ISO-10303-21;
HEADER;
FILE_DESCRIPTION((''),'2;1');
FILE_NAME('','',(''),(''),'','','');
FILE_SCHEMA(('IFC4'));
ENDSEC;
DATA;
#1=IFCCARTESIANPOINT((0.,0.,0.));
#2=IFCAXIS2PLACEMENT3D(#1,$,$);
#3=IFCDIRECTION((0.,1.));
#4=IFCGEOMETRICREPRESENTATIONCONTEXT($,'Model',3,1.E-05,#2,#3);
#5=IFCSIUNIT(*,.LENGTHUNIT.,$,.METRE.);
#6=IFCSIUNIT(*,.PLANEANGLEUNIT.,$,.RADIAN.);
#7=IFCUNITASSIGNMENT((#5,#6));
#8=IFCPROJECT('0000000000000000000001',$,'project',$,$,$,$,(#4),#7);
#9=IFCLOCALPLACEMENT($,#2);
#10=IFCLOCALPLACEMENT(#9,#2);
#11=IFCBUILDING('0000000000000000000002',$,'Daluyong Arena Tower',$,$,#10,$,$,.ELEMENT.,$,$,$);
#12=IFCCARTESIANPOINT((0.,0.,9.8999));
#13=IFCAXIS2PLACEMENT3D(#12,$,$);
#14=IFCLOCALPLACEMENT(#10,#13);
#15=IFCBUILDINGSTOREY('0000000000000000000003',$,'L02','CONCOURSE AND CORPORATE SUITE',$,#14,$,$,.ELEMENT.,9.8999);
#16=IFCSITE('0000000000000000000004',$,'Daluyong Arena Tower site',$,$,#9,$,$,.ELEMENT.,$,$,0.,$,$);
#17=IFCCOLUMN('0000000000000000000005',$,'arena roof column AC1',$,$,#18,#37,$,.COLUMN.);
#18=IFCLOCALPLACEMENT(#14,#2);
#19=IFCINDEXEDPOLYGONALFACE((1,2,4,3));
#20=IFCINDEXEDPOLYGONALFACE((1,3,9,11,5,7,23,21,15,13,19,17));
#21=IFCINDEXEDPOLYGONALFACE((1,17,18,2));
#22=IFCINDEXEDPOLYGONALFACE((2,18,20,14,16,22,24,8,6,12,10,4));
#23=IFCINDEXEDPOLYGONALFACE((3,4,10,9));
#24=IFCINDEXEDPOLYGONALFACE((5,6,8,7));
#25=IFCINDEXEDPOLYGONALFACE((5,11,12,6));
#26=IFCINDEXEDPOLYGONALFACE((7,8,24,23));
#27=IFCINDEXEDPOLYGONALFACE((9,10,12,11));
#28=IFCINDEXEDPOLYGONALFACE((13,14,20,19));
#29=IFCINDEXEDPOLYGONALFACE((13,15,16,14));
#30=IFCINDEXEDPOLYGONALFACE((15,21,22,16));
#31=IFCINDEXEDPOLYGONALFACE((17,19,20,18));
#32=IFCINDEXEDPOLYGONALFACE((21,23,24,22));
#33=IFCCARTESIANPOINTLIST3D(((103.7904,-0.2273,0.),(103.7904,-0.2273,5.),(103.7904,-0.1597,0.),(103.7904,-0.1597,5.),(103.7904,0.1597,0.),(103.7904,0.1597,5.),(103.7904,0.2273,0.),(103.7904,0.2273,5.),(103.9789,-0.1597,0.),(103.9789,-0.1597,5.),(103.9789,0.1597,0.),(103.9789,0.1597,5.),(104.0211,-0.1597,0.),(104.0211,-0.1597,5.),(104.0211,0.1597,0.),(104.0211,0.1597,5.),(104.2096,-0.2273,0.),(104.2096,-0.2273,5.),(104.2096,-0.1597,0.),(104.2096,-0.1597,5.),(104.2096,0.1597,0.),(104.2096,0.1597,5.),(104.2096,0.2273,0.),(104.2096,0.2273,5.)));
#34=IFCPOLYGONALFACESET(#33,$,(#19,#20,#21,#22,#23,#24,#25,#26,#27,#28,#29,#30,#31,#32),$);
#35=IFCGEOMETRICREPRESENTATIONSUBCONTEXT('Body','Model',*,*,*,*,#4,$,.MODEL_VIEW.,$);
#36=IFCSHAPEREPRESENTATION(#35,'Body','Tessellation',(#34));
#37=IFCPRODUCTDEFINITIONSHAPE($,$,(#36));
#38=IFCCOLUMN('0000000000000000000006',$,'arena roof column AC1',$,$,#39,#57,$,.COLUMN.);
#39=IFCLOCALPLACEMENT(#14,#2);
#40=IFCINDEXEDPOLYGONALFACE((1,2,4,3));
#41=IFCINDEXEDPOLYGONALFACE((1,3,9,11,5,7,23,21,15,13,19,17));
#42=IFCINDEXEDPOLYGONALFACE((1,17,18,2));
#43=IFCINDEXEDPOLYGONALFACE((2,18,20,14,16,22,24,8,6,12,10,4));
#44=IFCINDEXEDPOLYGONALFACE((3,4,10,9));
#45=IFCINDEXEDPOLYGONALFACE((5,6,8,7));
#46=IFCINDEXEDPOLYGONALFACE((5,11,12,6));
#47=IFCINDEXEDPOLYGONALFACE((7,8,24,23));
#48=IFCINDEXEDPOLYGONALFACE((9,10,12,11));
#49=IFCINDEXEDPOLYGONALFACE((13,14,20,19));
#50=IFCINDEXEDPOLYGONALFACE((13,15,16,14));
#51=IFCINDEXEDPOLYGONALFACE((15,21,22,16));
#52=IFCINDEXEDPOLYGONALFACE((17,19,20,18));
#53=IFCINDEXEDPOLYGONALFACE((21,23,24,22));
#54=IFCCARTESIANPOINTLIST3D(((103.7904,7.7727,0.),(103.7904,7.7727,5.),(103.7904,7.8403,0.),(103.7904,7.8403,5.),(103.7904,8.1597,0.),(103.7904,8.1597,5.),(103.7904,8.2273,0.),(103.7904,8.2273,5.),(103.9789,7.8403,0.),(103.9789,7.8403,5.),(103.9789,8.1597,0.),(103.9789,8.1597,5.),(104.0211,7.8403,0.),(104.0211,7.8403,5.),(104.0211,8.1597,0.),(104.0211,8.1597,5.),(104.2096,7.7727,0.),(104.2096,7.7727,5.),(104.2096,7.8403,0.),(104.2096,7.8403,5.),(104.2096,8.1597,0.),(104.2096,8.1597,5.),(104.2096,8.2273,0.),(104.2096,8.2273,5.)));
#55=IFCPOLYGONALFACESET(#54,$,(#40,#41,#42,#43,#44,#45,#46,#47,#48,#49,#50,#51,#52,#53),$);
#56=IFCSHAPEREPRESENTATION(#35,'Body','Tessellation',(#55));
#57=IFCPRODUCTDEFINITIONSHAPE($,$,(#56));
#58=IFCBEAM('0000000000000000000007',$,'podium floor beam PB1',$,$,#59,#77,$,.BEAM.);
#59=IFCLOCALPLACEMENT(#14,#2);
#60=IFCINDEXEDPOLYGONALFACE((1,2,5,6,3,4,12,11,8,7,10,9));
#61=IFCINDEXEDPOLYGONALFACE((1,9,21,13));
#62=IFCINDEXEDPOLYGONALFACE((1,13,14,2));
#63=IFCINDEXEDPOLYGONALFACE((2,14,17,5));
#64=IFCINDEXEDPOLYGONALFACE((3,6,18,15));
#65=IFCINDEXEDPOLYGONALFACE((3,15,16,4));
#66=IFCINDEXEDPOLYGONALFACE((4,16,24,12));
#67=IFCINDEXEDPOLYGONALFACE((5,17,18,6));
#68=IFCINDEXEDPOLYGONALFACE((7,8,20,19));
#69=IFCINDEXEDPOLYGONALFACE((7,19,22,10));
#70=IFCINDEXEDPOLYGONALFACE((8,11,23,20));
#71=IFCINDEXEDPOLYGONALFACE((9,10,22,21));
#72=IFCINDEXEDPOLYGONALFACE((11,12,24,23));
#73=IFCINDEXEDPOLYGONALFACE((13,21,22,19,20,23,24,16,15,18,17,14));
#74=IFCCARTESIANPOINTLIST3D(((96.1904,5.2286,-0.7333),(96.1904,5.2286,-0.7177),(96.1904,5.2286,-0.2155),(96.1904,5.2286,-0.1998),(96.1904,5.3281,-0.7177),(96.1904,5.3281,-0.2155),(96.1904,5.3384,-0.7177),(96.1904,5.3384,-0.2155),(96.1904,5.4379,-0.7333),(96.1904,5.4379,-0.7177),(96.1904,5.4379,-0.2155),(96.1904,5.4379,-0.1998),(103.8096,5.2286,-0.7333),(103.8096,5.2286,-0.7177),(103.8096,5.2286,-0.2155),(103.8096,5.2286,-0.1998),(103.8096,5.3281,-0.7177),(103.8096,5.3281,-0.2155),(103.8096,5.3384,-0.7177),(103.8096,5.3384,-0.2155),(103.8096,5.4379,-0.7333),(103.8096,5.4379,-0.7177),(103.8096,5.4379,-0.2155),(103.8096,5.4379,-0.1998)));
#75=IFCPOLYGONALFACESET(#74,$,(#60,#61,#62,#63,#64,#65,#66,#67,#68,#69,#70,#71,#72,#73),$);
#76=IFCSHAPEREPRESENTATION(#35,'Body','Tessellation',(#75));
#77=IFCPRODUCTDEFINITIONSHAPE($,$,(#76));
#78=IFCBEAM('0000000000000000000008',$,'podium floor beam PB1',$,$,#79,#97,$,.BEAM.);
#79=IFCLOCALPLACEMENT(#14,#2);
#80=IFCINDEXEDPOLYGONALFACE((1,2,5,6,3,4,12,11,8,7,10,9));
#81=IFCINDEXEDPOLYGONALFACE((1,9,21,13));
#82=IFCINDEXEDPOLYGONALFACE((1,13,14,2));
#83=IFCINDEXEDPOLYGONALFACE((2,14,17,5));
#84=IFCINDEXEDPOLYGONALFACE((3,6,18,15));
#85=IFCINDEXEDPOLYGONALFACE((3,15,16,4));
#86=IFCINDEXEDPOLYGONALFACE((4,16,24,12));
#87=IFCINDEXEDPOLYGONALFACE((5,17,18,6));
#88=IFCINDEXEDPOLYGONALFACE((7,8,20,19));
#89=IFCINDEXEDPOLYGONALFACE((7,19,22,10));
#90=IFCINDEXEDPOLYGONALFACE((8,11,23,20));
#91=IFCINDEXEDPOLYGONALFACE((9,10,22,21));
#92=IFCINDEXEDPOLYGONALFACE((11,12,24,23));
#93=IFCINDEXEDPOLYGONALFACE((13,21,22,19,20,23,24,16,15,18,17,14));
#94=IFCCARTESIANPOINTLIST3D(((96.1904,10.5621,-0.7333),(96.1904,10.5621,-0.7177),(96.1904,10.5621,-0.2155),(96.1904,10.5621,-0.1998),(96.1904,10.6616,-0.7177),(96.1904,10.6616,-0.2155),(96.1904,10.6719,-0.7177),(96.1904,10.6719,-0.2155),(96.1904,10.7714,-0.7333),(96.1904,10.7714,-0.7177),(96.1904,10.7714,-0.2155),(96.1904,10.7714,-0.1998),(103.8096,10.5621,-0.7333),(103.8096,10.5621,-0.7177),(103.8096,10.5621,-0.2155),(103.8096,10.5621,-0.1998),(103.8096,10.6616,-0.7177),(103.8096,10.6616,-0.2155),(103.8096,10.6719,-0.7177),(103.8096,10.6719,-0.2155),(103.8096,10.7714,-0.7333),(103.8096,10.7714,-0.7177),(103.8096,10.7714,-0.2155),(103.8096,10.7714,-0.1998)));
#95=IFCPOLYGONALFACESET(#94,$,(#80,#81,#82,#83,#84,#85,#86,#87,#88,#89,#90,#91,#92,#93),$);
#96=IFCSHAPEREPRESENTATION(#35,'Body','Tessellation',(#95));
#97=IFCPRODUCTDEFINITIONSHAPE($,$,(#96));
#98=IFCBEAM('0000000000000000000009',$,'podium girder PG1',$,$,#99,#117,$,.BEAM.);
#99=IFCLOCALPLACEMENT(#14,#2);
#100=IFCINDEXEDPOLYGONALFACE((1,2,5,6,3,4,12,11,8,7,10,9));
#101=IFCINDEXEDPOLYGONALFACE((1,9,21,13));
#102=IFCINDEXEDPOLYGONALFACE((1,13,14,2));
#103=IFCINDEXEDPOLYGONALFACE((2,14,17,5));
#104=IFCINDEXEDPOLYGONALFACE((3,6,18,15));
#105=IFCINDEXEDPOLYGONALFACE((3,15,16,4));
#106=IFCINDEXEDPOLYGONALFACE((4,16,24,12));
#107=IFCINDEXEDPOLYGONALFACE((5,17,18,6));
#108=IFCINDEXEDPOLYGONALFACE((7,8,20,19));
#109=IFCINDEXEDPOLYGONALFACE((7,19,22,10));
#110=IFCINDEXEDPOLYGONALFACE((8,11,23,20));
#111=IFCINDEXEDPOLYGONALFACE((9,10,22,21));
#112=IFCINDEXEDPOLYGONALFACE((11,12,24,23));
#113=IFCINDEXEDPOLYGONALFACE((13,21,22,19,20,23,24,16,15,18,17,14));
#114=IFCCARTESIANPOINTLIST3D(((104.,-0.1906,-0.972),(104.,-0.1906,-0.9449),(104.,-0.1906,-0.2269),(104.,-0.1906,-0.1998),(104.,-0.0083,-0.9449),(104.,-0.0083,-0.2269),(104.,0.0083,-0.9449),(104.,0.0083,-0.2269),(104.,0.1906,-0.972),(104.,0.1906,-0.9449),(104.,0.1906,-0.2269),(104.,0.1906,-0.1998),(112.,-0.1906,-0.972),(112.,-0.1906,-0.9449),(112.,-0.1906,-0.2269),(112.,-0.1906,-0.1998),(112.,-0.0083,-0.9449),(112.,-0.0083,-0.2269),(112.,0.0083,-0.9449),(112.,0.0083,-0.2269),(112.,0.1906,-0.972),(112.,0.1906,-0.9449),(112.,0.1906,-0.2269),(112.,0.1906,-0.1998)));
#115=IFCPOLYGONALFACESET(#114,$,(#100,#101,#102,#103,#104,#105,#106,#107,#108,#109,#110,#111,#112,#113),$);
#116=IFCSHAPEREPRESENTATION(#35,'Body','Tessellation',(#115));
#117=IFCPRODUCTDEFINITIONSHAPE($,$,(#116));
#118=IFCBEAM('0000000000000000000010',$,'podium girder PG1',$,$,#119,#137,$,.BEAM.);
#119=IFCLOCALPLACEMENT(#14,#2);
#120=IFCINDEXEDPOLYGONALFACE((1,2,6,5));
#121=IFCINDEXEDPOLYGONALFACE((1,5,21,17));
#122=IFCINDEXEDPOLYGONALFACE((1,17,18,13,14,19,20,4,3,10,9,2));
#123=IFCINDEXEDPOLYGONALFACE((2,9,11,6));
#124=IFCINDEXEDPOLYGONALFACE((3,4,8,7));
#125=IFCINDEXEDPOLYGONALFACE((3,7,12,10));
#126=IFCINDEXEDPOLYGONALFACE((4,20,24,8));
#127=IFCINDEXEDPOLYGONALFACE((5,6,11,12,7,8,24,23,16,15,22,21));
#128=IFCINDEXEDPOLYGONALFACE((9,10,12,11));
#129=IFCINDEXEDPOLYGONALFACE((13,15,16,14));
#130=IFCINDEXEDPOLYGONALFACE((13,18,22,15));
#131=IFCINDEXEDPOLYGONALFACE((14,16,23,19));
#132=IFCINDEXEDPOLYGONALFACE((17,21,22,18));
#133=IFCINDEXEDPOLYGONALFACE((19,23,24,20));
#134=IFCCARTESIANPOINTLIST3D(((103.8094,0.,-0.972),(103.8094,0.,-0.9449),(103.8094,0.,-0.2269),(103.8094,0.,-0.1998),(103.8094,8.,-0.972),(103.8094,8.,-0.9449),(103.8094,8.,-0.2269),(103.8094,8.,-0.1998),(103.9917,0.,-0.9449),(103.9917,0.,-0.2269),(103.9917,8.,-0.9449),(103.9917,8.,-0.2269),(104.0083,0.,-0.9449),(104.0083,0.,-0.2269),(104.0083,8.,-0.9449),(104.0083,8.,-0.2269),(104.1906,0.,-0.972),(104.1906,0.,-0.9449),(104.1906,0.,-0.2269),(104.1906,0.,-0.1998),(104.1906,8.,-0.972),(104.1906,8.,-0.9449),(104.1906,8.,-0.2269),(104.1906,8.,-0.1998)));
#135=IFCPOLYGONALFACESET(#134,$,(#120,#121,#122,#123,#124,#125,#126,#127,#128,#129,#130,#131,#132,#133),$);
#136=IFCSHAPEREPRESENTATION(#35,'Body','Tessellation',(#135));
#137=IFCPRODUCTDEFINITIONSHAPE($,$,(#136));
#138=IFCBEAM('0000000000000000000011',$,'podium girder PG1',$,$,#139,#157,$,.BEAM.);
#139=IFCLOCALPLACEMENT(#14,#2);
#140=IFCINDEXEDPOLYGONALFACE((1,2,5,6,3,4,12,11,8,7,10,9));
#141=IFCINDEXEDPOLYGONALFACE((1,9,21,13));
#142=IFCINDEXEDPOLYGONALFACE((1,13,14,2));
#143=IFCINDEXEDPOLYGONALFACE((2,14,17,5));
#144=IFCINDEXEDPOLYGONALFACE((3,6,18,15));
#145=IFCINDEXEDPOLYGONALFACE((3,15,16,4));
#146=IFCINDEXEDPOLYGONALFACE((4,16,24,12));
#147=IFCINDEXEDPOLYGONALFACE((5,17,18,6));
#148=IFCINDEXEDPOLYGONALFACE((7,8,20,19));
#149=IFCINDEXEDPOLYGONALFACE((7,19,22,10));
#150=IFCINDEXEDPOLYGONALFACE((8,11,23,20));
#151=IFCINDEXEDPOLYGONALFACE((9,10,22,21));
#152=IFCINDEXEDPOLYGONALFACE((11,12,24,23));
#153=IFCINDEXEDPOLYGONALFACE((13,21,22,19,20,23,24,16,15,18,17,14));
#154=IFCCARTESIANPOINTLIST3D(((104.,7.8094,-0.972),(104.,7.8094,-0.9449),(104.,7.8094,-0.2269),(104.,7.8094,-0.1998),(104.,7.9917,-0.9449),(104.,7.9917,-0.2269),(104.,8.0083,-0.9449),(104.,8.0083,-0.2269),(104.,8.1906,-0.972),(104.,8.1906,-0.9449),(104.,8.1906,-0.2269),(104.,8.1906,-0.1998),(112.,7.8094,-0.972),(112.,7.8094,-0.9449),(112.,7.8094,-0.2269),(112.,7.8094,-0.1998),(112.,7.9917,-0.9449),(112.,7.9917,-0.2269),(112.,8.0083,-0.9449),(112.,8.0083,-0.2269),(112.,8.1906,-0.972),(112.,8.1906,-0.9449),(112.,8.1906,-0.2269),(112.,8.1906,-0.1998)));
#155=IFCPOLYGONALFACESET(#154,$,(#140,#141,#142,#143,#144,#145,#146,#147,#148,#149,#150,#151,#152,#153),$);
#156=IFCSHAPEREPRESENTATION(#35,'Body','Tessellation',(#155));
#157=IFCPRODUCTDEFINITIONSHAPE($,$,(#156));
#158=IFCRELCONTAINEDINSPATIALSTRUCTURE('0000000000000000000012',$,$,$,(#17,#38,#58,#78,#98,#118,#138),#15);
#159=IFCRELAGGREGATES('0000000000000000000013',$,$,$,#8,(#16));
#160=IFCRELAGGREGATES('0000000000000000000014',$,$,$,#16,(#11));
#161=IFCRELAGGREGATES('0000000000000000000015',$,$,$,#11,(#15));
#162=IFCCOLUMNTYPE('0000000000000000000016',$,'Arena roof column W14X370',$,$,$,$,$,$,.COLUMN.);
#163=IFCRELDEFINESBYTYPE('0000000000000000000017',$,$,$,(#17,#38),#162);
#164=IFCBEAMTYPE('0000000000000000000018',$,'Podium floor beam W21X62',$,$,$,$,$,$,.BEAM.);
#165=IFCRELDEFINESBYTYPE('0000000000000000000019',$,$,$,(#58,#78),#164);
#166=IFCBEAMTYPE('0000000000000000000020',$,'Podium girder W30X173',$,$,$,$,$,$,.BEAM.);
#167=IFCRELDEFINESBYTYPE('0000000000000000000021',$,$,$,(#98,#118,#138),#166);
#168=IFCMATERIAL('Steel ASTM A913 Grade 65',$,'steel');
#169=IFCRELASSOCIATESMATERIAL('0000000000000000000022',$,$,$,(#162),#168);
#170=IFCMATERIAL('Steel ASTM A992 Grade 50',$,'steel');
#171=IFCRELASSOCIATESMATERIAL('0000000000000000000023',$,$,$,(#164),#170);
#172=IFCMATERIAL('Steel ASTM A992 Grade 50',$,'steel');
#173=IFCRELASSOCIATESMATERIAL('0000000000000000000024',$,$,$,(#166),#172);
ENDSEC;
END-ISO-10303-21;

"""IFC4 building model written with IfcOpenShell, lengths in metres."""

from ifc_helpers import new_model, si_unit, direction, frame, origin, origin_2d, place, context, subcontext, project, spatial, i_section, extrude, material, material_profile, profile_set, type_object, element, save


model = new_model("IFC4")

# Units and contexts
model_context = context("Model", 3, precision=1e-05, world=origin(), true_north=direction((0.0, 1.0)))
body_context = subcontext(model_context, "Body", "Model", "MODEL_VIEW")
ifc_project = project(units=[si_unit("LENGTHUNIT", "METRE"), si_unit("PLANEANGLEUNIT", "RADIAN")], contexts=[model_context])

# Site, building, storey
site_placement = place(None, origin())
site = spatial("IfcSite", under=ifc_project, at=site_placement, Name="Daluyong Arena Tower site", CompositionType="ELEMENT", RefElevation=0.0)
building_placement = place(site_placement, origin())
building = spatial("IfcBuilding", under=site, at=building_placement, Name="Daluyong Arena Tower", CompositionType="ELEMENT")
storey_placement = place(building_placement, frame((0.0, 0.0, 9.8999)))
storey = spatial("IfcBuildingStorey", under=building, at=storey_placement, Name="L02", Description="CONCOURSE AND CORPORATE SUITE", CompositionType="ELEMENT", Elevation=9.8999)

# Columns
ifc_material_1 = material(Name="Steel ASTM A913 Grade 65", Category="steel")
ifc_material_profile_1 = material_profile(ifc_material_1, i_section(OverallWidth=0.4192, OverallDepth=0.4546, WebThickness=0.0422, FlangeThickness=0.0676, at=origin_2d()))
ifc_profile_set_1 = profile_set([ifc_material_profile_1], Name="Steel ASTM A913 Grade 65")
column_type = type_object("IfcColumnType", Name="Arena roof column W14X370", PredefinedType="COLUMN", material=ifc_profile_set_1)
for number, where, z_axis, x_axis, name in (
    (1, (104.0, 0.0, 0.0), (0.0, 0.0, 1.0), (1.0, 0.0, 0.0), "arena roof column AC1"),
    (2, (104.0, 8.0, 0.0), (0.0, 0.0, 1.0), (1.0, 0.0, 0.0), "arena roof column AC1"),
):
    element("IfcColumn", number, at=place(storey_placement, frame(where, z_axis=z_axis, x_axis=x_axis)), inside=storey, type_object=column_type, Name=name, PredefinedType="COLUMN", context=body_context, shape_type="SweptSolid", body=[
        extrude(i_section(OverallWidth=0.4192, OverallDepth=0.4546, WebThickness=0.0422, FlangeThickness=0.0676, at=origin_2d()), origin(), (0.0, 0.0, 1.0), 5.0),
    ])

# Beams
ifc_material_2 = material(Name="Steel ASTM A992 Grade 50", Category="steel")
ifc_material_profile_2 = material_profile(ifc_material_2, i_section(OverallWidth=0.2092, OverallDepth=0.5334, WebThickness=0.0103, FlangeThickness=0.0156, at=origin_2d()))
ifc_profile_set_2 = profile_set([ifc_material_profile_2], Name="Steel ASTM A992 Grade 50")
beam_type_1 = type_object("IfcBeamType", Name="Podium floor beam W21X62", PredefinedType="BEAM", material=ifc_profile_set_2)
for number, where, z_axis, x_axis, name in (
    (3, (96.1904, 5.3333, -0.4666), (1.0, 0.0, 0.0), (0.0, 1.0, 0.0), "podium floor beam PB1"),
    (4, (96.1904, 10.6667, -0.4666), (1.0, 0.0, 0.0), (0.0, 1.0, 0.0), "podium floor beam PB1"),
):
    element("IfcBeam", number, at=place(storey_placement, frame(where, z_axis=z_axis, x_axis=x_axis)), inside=storey, type_object=beam_type_1, Name=name, PredefinedType="BEAM", context=body_context, shape_type="SweptSolid", body=[
        extrude(i_section(OverallWidth=0.2092, OverallDepth=0.5334, WebThickness=0.0103, FlangeThickness=0.0156, at=origin_2d()), origin(), (0.0, 0.0, 1.0), 7.6191),
    ])
ifc_material_3 = material(Name="Steel ASTM A992 Grade 50", Category="steel")
ifc_material_profile_3 = material_profile(ifc_material_3, i_section(OverallWidth=0.3811, OverallDepth=0.7722, WebThickness=0.0166, FlangeThickness=0.0271, at=origin_2d()))
ifc_profile_set_3 = profile_set([ifc_material_profile_3], Name="Steel ASTM A992 Grade 50")
beam_type_2 = type_object("IfcBeamType", Name="Podium girder W30X173", PredefinedType="BEAM", material=ifc_profile_set_3)
for number, where, z_axis, x_axis, name in (
    (5, (104.0, 0.0, -0.5859), (1.0, 0.0, 0.0), (0.0, 1.0, 0.0), "podium girder PG1"),
    (6, (104.0, 0.0, -0.5859), (0.0, 1.0, 0.0), (-1.0, 0.0, 0.0), "podium girder PG1"),
    (7, (104.0, 8.0, -0.5859), (1.0, 0.0, 0.0), (0.0, 1.0, 0.0), "podium girder PG1"),
):
    element("IfcBeam", number, at=place(storey_placement, frame(where, z_axis=z_axis, x_axis=x_axis)), inside=storey, type_object=beam_type_2, Name=name, PredefinedType="BEAM", context=body_context, shape_type="SweptSolid", body=[
        extrude(i_section(OverallWidth=0.3811, OverallDepth=0.7722, WebThickness=0.0166, FlangeThickness=0.0271, at=origin_2d()), origin(), (0.0, 0.0, 1.0), 8.0),
    ])

save(model, "model.ifc")
